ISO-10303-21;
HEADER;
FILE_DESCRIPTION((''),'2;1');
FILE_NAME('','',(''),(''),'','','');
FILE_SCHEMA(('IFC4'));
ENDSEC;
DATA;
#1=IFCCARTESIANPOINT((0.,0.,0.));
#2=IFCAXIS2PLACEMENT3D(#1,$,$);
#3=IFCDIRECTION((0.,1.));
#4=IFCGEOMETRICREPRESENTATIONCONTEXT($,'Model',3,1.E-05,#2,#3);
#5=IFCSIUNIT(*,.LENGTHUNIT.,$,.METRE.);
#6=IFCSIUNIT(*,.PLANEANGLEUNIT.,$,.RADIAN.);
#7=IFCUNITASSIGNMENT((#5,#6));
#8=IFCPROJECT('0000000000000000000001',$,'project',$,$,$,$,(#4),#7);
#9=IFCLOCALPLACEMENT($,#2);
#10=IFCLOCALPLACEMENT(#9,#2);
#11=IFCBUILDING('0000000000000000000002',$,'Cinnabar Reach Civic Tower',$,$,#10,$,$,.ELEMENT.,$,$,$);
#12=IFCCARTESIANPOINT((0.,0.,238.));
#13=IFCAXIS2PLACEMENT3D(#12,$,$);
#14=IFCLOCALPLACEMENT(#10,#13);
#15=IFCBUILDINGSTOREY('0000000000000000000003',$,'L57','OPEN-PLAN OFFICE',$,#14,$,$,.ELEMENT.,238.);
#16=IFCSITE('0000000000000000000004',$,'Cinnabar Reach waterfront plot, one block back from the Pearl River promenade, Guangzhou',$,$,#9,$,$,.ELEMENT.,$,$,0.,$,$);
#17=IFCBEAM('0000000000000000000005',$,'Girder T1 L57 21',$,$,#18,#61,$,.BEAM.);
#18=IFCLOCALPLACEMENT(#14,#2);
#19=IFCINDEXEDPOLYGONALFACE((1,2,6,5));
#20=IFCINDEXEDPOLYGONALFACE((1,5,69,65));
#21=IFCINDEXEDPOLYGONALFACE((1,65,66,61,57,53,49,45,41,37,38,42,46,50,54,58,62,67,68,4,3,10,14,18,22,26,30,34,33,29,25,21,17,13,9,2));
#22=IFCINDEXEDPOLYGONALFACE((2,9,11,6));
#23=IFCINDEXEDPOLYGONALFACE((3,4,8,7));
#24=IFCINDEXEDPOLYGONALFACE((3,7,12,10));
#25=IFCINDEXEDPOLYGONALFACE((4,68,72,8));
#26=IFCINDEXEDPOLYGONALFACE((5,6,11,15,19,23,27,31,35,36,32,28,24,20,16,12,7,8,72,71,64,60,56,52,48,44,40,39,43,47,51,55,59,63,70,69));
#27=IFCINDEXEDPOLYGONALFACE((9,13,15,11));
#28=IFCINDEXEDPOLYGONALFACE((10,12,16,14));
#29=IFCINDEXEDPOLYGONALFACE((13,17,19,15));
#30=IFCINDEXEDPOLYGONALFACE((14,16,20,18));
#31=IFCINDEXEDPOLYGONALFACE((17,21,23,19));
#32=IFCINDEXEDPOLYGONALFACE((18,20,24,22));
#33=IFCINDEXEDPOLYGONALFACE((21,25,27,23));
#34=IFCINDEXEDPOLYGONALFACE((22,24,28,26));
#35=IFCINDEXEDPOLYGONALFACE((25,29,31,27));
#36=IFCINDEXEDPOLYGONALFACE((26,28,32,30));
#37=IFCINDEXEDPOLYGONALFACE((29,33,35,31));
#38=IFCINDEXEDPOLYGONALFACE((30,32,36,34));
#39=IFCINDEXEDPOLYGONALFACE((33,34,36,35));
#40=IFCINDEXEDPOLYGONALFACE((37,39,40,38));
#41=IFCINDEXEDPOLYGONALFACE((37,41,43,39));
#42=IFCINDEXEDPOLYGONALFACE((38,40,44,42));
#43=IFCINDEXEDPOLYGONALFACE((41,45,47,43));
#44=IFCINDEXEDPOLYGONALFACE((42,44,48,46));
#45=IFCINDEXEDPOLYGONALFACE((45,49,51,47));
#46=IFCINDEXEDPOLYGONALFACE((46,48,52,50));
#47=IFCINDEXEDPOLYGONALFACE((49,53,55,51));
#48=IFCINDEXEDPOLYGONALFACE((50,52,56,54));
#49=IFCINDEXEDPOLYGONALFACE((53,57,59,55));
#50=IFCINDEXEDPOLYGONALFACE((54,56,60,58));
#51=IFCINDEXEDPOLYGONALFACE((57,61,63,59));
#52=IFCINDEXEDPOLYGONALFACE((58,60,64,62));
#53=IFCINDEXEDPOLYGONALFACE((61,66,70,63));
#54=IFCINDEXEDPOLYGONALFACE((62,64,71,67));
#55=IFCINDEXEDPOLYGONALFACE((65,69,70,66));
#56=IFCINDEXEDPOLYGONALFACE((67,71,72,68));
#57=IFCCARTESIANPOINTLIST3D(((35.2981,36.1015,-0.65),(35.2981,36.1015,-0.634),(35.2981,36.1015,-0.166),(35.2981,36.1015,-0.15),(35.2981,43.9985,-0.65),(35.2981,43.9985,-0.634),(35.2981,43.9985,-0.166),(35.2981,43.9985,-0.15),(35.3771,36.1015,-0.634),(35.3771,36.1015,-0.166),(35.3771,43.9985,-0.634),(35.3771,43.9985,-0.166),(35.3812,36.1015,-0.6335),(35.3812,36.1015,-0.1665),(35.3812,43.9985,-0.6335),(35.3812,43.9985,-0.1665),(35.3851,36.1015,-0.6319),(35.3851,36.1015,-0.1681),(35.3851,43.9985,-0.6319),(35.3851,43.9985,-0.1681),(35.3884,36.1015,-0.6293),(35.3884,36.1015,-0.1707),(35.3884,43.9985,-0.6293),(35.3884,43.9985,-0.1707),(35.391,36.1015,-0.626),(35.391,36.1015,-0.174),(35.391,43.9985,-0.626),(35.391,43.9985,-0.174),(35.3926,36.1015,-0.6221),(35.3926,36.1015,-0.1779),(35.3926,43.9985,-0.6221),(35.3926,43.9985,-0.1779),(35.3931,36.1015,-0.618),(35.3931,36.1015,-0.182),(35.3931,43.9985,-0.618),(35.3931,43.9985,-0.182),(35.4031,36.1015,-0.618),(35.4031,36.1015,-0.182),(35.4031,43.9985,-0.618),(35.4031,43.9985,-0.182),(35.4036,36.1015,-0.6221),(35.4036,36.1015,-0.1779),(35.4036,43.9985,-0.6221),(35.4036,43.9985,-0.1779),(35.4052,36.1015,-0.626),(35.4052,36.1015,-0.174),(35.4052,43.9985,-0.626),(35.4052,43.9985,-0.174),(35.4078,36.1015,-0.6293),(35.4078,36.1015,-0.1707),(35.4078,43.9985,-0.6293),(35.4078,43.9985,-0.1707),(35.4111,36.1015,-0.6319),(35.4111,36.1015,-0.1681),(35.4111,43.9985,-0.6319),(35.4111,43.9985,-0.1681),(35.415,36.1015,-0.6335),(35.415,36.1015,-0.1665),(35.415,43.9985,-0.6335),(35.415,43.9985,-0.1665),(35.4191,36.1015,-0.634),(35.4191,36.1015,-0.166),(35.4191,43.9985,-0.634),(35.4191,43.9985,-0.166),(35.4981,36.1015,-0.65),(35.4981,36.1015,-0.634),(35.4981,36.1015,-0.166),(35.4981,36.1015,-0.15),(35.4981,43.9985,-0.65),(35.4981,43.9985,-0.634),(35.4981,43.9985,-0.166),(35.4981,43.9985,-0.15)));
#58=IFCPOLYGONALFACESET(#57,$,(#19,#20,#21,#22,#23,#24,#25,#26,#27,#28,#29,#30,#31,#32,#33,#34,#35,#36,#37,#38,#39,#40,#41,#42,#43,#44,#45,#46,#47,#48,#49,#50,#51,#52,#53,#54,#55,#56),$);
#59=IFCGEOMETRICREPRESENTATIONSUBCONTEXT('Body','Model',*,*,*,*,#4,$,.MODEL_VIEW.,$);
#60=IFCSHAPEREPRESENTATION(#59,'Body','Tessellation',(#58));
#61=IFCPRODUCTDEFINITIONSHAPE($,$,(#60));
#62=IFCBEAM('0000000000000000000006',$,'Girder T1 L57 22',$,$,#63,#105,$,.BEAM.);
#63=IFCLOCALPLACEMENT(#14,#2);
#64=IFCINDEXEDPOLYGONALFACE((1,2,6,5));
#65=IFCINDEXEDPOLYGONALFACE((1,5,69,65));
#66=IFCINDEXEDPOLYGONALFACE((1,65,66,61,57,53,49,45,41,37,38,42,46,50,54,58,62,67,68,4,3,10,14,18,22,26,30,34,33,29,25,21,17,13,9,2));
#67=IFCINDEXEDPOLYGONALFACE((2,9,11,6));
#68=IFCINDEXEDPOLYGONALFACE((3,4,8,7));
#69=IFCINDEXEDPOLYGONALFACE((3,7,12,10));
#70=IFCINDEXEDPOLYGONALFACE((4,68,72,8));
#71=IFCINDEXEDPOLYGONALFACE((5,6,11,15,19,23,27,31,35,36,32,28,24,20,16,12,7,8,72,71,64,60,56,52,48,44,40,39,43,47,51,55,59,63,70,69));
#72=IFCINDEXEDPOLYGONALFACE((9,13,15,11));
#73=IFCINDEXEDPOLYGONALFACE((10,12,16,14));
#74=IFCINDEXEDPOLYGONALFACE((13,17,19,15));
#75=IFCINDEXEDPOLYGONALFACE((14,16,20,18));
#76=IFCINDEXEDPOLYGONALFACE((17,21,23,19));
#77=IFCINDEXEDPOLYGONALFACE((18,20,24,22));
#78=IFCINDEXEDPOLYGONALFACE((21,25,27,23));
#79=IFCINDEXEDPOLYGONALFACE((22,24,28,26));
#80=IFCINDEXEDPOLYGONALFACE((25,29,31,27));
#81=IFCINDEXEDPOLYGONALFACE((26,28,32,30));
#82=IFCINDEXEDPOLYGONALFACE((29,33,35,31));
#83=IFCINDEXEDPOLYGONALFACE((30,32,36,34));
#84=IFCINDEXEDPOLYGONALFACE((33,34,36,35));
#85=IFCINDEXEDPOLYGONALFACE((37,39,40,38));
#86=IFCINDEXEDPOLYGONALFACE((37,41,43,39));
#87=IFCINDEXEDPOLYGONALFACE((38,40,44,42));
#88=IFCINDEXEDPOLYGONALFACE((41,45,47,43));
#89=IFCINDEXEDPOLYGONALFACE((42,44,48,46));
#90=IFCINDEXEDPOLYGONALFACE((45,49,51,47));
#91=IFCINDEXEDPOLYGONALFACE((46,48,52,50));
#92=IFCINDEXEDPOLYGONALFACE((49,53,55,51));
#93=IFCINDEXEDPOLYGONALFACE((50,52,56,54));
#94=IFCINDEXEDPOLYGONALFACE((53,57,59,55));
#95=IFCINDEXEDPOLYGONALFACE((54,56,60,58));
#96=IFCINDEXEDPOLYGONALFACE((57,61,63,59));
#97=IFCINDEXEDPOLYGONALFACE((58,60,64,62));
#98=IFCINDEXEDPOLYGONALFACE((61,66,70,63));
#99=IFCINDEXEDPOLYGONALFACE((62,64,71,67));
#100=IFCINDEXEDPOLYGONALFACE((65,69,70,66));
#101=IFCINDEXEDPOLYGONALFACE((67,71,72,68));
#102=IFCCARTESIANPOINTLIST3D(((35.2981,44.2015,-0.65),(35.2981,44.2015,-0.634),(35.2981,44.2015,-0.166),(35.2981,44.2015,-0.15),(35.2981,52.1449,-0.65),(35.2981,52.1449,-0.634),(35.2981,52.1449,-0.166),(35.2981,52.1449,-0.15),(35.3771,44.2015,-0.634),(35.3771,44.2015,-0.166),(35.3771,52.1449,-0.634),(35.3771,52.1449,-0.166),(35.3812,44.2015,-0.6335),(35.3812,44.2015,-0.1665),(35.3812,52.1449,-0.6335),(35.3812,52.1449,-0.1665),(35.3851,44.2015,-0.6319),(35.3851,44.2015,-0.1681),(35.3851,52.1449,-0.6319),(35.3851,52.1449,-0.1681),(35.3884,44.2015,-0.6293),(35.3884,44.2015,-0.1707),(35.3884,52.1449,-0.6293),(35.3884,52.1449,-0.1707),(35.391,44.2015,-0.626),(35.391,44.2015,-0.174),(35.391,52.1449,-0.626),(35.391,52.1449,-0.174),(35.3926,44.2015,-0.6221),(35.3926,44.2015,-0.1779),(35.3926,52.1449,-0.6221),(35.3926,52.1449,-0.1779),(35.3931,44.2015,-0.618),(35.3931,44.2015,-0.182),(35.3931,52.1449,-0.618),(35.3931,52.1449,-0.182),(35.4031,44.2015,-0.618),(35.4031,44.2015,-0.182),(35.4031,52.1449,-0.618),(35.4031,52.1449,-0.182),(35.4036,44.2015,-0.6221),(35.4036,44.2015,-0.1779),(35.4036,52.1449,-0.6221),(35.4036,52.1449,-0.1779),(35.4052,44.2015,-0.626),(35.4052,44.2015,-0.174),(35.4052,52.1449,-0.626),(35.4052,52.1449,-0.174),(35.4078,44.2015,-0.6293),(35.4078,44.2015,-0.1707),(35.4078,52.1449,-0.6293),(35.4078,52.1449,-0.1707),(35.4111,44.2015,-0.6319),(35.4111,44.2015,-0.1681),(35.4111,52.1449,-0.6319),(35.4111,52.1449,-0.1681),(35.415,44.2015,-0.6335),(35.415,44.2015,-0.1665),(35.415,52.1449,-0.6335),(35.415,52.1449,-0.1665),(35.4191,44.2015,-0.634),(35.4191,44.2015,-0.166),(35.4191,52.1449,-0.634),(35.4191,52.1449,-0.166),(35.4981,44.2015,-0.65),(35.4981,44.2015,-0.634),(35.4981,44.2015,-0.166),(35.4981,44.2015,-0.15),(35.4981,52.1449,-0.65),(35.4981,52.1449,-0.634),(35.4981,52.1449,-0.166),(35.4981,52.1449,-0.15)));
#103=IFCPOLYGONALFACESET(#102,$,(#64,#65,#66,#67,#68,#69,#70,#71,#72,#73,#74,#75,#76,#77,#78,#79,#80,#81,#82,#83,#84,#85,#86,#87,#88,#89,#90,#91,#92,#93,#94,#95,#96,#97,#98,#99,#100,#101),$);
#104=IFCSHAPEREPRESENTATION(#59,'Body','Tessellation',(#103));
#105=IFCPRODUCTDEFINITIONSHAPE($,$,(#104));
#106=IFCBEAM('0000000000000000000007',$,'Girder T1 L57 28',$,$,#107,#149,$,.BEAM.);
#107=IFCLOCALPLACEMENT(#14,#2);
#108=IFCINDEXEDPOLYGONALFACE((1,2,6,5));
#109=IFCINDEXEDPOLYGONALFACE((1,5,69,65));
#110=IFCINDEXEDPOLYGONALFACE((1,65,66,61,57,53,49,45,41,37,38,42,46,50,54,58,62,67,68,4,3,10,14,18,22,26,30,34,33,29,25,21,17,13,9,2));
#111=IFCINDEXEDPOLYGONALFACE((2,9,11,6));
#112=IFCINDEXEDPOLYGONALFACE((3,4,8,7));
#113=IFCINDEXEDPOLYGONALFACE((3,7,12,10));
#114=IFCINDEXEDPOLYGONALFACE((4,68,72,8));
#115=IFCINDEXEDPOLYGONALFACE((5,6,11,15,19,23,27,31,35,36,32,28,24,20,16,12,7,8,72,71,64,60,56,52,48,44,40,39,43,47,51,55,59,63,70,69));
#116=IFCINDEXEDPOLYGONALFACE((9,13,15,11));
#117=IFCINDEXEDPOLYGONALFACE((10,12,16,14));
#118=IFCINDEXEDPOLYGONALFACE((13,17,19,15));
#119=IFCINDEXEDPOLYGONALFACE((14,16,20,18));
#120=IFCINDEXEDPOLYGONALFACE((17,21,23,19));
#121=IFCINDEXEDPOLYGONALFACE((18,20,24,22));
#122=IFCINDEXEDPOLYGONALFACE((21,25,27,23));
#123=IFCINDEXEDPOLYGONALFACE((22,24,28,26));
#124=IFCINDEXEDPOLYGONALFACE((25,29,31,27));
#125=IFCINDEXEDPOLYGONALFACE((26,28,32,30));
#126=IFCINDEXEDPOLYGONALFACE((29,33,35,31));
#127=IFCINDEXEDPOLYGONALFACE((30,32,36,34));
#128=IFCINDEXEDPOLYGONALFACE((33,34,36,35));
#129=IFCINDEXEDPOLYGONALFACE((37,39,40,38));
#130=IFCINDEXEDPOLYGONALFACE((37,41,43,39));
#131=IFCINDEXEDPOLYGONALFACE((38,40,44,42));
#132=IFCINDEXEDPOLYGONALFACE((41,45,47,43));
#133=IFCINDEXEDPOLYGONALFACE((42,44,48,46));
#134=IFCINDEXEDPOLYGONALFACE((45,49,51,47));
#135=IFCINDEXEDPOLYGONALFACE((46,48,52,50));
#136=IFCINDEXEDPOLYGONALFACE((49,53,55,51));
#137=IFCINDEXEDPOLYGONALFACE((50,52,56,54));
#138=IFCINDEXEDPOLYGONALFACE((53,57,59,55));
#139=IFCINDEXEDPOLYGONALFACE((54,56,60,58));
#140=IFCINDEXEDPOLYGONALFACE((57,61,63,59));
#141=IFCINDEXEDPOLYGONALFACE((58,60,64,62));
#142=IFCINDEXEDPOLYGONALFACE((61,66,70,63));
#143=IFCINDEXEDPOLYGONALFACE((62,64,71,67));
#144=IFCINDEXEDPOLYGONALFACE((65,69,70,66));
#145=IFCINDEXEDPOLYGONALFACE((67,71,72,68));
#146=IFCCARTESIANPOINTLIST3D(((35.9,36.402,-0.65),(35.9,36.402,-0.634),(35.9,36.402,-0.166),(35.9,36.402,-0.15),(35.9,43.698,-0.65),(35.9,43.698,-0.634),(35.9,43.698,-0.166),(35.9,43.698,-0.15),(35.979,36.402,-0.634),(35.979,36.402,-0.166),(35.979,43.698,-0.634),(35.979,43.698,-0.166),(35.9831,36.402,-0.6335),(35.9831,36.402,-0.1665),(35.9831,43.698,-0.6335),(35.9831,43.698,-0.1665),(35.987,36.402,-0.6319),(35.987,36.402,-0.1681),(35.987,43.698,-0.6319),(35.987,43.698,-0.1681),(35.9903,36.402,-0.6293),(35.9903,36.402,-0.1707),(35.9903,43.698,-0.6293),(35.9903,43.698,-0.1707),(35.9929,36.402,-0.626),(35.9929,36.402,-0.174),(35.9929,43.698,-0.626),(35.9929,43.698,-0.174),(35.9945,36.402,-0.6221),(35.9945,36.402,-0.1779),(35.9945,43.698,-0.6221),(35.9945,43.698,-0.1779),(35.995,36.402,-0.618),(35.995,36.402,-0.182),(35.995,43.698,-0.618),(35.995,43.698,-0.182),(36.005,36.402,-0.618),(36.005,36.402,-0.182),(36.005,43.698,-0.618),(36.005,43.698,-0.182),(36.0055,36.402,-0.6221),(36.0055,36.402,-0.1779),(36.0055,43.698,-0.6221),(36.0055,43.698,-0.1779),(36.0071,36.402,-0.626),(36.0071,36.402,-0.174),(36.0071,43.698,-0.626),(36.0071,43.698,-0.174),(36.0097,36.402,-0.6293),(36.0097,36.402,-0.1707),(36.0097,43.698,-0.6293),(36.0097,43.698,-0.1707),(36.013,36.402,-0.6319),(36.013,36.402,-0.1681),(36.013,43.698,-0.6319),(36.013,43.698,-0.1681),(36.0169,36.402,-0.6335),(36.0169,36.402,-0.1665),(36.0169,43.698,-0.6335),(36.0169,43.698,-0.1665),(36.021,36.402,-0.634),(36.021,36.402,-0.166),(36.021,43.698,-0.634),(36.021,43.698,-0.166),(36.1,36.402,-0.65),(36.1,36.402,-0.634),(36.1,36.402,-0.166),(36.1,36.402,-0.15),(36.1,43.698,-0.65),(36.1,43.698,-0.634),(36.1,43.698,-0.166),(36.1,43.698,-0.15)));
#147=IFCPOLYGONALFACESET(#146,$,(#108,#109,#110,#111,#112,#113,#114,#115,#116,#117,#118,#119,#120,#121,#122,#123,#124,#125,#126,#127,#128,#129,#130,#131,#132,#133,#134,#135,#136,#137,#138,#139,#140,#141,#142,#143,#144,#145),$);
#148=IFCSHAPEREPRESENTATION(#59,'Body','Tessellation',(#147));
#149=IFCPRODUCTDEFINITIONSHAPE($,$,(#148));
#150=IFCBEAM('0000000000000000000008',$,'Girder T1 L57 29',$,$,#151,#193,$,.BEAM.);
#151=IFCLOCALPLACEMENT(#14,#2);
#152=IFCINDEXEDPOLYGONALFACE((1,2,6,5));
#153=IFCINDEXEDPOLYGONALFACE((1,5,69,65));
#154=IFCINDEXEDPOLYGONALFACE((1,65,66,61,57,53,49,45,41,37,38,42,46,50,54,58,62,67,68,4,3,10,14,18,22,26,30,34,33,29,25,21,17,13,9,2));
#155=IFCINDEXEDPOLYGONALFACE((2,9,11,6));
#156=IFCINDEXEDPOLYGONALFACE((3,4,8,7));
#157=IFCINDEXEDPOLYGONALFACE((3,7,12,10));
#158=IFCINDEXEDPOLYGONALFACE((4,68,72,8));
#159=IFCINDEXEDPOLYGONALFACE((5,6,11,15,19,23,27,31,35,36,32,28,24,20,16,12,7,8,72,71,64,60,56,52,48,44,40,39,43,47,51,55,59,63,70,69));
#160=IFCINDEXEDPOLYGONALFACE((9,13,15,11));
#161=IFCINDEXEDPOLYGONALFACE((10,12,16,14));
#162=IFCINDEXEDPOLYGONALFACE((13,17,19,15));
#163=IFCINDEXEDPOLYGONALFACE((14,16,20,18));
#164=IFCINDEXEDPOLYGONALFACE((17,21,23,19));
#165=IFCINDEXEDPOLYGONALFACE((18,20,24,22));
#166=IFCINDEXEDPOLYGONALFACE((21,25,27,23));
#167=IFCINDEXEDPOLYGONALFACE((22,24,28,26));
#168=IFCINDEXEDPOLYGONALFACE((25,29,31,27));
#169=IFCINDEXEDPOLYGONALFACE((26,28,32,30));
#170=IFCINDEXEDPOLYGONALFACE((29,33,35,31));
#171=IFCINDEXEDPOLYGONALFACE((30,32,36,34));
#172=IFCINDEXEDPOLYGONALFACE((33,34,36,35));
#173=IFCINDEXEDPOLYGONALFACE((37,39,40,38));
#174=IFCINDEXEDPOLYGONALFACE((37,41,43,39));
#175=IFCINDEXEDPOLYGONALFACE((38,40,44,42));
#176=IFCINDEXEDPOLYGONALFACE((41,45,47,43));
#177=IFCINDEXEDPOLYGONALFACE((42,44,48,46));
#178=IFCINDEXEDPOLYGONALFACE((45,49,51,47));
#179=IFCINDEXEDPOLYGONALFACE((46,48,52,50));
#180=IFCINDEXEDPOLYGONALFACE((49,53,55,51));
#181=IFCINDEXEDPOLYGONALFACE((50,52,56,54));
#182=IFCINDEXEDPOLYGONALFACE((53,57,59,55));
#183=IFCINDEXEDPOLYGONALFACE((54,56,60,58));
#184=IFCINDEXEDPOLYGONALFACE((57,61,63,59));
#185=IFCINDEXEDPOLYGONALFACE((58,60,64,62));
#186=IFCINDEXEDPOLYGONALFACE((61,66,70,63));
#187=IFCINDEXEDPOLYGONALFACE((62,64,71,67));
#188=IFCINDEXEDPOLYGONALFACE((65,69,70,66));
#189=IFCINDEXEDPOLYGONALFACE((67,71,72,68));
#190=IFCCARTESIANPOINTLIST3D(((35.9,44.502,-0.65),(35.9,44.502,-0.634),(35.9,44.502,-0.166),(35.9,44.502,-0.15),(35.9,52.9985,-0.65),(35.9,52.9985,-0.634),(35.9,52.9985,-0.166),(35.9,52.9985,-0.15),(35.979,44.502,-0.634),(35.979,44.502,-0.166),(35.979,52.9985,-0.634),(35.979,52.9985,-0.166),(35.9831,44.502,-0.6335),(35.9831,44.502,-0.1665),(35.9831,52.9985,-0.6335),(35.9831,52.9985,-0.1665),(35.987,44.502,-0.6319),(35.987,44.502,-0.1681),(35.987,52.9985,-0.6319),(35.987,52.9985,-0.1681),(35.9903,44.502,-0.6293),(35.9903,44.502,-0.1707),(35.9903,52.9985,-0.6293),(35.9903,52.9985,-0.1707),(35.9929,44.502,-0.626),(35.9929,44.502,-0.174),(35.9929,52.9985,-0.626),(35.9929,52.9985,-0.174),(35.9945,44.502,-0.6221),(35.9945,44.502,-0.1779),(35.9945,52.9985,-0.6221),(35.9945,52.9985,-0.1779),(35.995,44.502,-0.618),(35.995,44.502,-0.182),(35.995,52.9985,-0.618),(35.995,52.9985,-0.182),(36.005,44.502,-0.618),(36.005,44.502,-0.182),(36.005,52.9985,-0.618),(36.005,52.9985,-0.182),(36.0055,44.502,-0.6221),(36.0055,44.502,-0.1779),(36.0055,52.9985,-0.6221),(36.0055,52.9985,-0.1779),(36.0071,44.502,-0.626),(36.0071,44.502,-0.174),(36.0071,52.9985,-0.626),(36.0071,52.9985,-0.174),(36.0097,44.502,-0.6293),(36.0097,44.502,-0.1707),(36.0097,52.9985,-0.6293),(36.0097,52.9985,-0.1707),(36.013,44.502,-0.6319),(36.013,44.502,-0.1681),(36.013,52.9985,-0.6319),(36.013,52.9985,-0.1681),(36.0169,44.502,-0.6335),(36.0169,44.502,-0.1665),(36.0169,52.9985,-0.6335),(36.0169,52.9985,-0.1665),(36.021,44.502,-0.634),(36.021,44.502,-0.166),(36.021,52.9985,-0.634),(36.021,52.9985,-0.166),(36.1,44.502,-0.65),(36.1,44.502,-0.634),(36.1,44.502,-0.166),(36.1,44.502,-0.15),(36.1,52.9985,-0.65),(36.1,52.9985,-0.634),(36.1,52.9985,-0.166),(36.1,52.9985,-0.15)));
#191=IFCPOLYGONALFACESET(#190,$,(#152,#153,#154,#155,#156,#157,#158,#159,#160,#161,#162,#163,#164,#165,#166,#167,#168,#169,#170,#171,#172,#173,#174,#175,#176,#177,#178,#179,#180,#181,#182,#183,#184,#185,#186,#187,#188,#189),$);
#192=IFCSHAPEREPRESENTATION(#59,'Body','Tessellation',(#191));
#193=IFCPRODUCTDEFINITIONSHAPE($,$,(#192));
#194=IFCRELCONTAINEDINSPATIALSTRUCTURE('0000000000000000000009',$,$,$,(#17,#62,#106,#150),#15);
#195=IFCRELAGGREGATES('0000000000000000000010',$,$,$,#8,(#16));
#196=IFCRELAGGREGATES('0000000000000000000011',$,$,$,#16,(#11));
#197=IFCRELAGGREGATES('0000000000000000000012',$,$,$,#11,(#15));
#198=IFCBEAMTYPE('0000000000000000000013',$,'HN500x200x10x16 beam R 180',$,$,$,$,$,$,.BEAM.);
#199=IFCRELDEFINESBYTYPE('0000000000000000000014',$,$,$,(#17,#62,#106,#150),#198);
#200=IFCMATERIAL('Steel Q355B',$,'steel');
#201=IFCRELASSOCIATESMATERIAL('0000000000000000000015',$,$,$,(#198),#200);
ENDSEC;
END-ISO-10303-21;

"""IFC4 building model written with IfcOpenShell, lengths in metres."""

from ifc_helpers import new_model, si_unit, direction, frame, origin, origin_2d, place, context, subcontext, project, spatial, i_section, extrude, material, material_profile, profile_set, type_object, element, save


model = new_model("IFC4")

# Units and contexts
model_context = context("Model", 3, precision=1e-05, world=origin(), true_north=direction((0.0, 1.0)))
body_context = subcontext(model_context, "Body", "Model", "MODEL_VIEW")
ifc_project = project(units=[si_unit("LENGTHUNIT", "METRE"), si_unit("PLANEANGLEUNIT", "RADIAN")], contexts=[model_context])

# Site, building, storey
site_placement = place(None, origin())
site = spatial("IfcSite", under=ifc_project, at=site_placement, Name="Cinnabar Reach waterfront plot, one block back from the Pearl River promenade, Guangzhou", CompositionType="ELEMENT", RefElevation=0.0)
building_placement = place(site_placement, origin())
building = spatial("IfcBuilding", under=site, at=building_placement, Name="Cinnabar Reach Civic Tower", CompositionType="ELEMENT")
storey_placement = place(building_placement, frame((0.0, 0.0, 238.0)))
storey = spatial("IfcBuildingStorey", under=building, at=storey_placement, Name="L57", Description="OPEN-PLAN OFFICE", CompositionType="ELEMENT", Elevation=238.0)

# Beams
ifc_material_1 = material(Name="Steel Q355B", Category="steel")
ifc_material_profile_1 = material_profile(ifc_material_1, i_section(OverallWidth=0.2, OverallDepth=0.5, WebThickness=0.01, FlangeThickness=0.016, FilletRadius=0.016, at=origin_2d()), Name="HN500x200x10x16")
ifc_profile_set_1 = profile_set([ifc_material_profile_1], Name="Steel Q355B")
beam_type_1 = type_object("IfcBeamType", Name="HN500x200x10x16 beam R 180", PredefinedType="BEAM", material=ifc_profile_set_1)
beam_1_placement = place(storey_placement, frame((35.3981, 36.1015, -0.4), z_axis=(0.0, 1.0, 0.0), x_axis=(-1.0, 0.0, 0.0)))
element("IfcBeam", 1, at=beam_1_placement, inside=storey, type_object=beam_type_1, Name="Girder T1 L57 21", PredefinedType="BEAM", context=body_context, shape_type="SweptSolid", body=[
    extrude(i_section(OverallWidth=0.2, OverallDepth=0.5, WebThickness=0.01, FlangeThickness=0.016, FilletRadius=0.016, at=origin_2d()), origin(), (0.0, 0.0, 1.0), 7.897),
])
beam_2_placement = place(storey_placement, frame((35.3981, 44.2015, -0.4), z_axis=(0.0, 1.0, 0.0), x_axis=(-1.0, 0.0, 0.0)))
element("IfcBeam", 2, at=beam_2_placement, inside=storey, type_object=beam_type_1, Name="Girder T1 L57 22", PredefinedType="BEAM", context=body_context, shape_type="SweptSolid", body=[
    extrude(i_section(OverallWidth=0.2, OverallDepth=0.5, WebThickness=0.01, FlangeThickness=0.016, FilletRadius=0.016, at=origin_2d()), origin(), (0.0, 0.0, 1.0), 7.9434),
])
beam_3_placement = place(storey_placement, frame((36.0, 36.402, -0.4), z_axis=(0.0, 1.0, 0.0), x_axis=(-1.0, 0.0, 0.0)))
element("IfcBeam", 3, at=beam_3_placement, inside=storey, type_object=beam_type_1, Name="Girder T1 L57 28", PredefinedType="BEAM", context=body_context, shape_type="SweptSolid", body=[
    extrude(i_section(OverallWidth=0.2, OverallDepth=0.5, WebThickness=0.01, FlangeThickness=0.016, FilletRadius=0.016, at=origin_2d()), origin(), (0.0, 0.0, 1.0), 7.296),
])
beam_4_placement = place(storey_placement, frame((36.0, 44.502, -0.4), z_axis=(0.0, 1.0, 0.0), x_axis=(-1.0, 0.0, 0.0)))
element("IfcBeam", 4, at=beam_4_placement, inside=storey, type_object=beam_type_1, Name="Girder T1 L57 29", PredefinedType="BEAM", context=body_context, shape_type="SweptSolid", body=[
    extrude(i_section(OverallWidth=0.2, OverallDepth=0.5, WebThickness=0.01, FlangeThickness=0.016, FilletRadius=0.016, at=origin_2d()), origin(), (0.0, 0.0, 1.0), 8.4965),
])

save(model, "model.ifc")
